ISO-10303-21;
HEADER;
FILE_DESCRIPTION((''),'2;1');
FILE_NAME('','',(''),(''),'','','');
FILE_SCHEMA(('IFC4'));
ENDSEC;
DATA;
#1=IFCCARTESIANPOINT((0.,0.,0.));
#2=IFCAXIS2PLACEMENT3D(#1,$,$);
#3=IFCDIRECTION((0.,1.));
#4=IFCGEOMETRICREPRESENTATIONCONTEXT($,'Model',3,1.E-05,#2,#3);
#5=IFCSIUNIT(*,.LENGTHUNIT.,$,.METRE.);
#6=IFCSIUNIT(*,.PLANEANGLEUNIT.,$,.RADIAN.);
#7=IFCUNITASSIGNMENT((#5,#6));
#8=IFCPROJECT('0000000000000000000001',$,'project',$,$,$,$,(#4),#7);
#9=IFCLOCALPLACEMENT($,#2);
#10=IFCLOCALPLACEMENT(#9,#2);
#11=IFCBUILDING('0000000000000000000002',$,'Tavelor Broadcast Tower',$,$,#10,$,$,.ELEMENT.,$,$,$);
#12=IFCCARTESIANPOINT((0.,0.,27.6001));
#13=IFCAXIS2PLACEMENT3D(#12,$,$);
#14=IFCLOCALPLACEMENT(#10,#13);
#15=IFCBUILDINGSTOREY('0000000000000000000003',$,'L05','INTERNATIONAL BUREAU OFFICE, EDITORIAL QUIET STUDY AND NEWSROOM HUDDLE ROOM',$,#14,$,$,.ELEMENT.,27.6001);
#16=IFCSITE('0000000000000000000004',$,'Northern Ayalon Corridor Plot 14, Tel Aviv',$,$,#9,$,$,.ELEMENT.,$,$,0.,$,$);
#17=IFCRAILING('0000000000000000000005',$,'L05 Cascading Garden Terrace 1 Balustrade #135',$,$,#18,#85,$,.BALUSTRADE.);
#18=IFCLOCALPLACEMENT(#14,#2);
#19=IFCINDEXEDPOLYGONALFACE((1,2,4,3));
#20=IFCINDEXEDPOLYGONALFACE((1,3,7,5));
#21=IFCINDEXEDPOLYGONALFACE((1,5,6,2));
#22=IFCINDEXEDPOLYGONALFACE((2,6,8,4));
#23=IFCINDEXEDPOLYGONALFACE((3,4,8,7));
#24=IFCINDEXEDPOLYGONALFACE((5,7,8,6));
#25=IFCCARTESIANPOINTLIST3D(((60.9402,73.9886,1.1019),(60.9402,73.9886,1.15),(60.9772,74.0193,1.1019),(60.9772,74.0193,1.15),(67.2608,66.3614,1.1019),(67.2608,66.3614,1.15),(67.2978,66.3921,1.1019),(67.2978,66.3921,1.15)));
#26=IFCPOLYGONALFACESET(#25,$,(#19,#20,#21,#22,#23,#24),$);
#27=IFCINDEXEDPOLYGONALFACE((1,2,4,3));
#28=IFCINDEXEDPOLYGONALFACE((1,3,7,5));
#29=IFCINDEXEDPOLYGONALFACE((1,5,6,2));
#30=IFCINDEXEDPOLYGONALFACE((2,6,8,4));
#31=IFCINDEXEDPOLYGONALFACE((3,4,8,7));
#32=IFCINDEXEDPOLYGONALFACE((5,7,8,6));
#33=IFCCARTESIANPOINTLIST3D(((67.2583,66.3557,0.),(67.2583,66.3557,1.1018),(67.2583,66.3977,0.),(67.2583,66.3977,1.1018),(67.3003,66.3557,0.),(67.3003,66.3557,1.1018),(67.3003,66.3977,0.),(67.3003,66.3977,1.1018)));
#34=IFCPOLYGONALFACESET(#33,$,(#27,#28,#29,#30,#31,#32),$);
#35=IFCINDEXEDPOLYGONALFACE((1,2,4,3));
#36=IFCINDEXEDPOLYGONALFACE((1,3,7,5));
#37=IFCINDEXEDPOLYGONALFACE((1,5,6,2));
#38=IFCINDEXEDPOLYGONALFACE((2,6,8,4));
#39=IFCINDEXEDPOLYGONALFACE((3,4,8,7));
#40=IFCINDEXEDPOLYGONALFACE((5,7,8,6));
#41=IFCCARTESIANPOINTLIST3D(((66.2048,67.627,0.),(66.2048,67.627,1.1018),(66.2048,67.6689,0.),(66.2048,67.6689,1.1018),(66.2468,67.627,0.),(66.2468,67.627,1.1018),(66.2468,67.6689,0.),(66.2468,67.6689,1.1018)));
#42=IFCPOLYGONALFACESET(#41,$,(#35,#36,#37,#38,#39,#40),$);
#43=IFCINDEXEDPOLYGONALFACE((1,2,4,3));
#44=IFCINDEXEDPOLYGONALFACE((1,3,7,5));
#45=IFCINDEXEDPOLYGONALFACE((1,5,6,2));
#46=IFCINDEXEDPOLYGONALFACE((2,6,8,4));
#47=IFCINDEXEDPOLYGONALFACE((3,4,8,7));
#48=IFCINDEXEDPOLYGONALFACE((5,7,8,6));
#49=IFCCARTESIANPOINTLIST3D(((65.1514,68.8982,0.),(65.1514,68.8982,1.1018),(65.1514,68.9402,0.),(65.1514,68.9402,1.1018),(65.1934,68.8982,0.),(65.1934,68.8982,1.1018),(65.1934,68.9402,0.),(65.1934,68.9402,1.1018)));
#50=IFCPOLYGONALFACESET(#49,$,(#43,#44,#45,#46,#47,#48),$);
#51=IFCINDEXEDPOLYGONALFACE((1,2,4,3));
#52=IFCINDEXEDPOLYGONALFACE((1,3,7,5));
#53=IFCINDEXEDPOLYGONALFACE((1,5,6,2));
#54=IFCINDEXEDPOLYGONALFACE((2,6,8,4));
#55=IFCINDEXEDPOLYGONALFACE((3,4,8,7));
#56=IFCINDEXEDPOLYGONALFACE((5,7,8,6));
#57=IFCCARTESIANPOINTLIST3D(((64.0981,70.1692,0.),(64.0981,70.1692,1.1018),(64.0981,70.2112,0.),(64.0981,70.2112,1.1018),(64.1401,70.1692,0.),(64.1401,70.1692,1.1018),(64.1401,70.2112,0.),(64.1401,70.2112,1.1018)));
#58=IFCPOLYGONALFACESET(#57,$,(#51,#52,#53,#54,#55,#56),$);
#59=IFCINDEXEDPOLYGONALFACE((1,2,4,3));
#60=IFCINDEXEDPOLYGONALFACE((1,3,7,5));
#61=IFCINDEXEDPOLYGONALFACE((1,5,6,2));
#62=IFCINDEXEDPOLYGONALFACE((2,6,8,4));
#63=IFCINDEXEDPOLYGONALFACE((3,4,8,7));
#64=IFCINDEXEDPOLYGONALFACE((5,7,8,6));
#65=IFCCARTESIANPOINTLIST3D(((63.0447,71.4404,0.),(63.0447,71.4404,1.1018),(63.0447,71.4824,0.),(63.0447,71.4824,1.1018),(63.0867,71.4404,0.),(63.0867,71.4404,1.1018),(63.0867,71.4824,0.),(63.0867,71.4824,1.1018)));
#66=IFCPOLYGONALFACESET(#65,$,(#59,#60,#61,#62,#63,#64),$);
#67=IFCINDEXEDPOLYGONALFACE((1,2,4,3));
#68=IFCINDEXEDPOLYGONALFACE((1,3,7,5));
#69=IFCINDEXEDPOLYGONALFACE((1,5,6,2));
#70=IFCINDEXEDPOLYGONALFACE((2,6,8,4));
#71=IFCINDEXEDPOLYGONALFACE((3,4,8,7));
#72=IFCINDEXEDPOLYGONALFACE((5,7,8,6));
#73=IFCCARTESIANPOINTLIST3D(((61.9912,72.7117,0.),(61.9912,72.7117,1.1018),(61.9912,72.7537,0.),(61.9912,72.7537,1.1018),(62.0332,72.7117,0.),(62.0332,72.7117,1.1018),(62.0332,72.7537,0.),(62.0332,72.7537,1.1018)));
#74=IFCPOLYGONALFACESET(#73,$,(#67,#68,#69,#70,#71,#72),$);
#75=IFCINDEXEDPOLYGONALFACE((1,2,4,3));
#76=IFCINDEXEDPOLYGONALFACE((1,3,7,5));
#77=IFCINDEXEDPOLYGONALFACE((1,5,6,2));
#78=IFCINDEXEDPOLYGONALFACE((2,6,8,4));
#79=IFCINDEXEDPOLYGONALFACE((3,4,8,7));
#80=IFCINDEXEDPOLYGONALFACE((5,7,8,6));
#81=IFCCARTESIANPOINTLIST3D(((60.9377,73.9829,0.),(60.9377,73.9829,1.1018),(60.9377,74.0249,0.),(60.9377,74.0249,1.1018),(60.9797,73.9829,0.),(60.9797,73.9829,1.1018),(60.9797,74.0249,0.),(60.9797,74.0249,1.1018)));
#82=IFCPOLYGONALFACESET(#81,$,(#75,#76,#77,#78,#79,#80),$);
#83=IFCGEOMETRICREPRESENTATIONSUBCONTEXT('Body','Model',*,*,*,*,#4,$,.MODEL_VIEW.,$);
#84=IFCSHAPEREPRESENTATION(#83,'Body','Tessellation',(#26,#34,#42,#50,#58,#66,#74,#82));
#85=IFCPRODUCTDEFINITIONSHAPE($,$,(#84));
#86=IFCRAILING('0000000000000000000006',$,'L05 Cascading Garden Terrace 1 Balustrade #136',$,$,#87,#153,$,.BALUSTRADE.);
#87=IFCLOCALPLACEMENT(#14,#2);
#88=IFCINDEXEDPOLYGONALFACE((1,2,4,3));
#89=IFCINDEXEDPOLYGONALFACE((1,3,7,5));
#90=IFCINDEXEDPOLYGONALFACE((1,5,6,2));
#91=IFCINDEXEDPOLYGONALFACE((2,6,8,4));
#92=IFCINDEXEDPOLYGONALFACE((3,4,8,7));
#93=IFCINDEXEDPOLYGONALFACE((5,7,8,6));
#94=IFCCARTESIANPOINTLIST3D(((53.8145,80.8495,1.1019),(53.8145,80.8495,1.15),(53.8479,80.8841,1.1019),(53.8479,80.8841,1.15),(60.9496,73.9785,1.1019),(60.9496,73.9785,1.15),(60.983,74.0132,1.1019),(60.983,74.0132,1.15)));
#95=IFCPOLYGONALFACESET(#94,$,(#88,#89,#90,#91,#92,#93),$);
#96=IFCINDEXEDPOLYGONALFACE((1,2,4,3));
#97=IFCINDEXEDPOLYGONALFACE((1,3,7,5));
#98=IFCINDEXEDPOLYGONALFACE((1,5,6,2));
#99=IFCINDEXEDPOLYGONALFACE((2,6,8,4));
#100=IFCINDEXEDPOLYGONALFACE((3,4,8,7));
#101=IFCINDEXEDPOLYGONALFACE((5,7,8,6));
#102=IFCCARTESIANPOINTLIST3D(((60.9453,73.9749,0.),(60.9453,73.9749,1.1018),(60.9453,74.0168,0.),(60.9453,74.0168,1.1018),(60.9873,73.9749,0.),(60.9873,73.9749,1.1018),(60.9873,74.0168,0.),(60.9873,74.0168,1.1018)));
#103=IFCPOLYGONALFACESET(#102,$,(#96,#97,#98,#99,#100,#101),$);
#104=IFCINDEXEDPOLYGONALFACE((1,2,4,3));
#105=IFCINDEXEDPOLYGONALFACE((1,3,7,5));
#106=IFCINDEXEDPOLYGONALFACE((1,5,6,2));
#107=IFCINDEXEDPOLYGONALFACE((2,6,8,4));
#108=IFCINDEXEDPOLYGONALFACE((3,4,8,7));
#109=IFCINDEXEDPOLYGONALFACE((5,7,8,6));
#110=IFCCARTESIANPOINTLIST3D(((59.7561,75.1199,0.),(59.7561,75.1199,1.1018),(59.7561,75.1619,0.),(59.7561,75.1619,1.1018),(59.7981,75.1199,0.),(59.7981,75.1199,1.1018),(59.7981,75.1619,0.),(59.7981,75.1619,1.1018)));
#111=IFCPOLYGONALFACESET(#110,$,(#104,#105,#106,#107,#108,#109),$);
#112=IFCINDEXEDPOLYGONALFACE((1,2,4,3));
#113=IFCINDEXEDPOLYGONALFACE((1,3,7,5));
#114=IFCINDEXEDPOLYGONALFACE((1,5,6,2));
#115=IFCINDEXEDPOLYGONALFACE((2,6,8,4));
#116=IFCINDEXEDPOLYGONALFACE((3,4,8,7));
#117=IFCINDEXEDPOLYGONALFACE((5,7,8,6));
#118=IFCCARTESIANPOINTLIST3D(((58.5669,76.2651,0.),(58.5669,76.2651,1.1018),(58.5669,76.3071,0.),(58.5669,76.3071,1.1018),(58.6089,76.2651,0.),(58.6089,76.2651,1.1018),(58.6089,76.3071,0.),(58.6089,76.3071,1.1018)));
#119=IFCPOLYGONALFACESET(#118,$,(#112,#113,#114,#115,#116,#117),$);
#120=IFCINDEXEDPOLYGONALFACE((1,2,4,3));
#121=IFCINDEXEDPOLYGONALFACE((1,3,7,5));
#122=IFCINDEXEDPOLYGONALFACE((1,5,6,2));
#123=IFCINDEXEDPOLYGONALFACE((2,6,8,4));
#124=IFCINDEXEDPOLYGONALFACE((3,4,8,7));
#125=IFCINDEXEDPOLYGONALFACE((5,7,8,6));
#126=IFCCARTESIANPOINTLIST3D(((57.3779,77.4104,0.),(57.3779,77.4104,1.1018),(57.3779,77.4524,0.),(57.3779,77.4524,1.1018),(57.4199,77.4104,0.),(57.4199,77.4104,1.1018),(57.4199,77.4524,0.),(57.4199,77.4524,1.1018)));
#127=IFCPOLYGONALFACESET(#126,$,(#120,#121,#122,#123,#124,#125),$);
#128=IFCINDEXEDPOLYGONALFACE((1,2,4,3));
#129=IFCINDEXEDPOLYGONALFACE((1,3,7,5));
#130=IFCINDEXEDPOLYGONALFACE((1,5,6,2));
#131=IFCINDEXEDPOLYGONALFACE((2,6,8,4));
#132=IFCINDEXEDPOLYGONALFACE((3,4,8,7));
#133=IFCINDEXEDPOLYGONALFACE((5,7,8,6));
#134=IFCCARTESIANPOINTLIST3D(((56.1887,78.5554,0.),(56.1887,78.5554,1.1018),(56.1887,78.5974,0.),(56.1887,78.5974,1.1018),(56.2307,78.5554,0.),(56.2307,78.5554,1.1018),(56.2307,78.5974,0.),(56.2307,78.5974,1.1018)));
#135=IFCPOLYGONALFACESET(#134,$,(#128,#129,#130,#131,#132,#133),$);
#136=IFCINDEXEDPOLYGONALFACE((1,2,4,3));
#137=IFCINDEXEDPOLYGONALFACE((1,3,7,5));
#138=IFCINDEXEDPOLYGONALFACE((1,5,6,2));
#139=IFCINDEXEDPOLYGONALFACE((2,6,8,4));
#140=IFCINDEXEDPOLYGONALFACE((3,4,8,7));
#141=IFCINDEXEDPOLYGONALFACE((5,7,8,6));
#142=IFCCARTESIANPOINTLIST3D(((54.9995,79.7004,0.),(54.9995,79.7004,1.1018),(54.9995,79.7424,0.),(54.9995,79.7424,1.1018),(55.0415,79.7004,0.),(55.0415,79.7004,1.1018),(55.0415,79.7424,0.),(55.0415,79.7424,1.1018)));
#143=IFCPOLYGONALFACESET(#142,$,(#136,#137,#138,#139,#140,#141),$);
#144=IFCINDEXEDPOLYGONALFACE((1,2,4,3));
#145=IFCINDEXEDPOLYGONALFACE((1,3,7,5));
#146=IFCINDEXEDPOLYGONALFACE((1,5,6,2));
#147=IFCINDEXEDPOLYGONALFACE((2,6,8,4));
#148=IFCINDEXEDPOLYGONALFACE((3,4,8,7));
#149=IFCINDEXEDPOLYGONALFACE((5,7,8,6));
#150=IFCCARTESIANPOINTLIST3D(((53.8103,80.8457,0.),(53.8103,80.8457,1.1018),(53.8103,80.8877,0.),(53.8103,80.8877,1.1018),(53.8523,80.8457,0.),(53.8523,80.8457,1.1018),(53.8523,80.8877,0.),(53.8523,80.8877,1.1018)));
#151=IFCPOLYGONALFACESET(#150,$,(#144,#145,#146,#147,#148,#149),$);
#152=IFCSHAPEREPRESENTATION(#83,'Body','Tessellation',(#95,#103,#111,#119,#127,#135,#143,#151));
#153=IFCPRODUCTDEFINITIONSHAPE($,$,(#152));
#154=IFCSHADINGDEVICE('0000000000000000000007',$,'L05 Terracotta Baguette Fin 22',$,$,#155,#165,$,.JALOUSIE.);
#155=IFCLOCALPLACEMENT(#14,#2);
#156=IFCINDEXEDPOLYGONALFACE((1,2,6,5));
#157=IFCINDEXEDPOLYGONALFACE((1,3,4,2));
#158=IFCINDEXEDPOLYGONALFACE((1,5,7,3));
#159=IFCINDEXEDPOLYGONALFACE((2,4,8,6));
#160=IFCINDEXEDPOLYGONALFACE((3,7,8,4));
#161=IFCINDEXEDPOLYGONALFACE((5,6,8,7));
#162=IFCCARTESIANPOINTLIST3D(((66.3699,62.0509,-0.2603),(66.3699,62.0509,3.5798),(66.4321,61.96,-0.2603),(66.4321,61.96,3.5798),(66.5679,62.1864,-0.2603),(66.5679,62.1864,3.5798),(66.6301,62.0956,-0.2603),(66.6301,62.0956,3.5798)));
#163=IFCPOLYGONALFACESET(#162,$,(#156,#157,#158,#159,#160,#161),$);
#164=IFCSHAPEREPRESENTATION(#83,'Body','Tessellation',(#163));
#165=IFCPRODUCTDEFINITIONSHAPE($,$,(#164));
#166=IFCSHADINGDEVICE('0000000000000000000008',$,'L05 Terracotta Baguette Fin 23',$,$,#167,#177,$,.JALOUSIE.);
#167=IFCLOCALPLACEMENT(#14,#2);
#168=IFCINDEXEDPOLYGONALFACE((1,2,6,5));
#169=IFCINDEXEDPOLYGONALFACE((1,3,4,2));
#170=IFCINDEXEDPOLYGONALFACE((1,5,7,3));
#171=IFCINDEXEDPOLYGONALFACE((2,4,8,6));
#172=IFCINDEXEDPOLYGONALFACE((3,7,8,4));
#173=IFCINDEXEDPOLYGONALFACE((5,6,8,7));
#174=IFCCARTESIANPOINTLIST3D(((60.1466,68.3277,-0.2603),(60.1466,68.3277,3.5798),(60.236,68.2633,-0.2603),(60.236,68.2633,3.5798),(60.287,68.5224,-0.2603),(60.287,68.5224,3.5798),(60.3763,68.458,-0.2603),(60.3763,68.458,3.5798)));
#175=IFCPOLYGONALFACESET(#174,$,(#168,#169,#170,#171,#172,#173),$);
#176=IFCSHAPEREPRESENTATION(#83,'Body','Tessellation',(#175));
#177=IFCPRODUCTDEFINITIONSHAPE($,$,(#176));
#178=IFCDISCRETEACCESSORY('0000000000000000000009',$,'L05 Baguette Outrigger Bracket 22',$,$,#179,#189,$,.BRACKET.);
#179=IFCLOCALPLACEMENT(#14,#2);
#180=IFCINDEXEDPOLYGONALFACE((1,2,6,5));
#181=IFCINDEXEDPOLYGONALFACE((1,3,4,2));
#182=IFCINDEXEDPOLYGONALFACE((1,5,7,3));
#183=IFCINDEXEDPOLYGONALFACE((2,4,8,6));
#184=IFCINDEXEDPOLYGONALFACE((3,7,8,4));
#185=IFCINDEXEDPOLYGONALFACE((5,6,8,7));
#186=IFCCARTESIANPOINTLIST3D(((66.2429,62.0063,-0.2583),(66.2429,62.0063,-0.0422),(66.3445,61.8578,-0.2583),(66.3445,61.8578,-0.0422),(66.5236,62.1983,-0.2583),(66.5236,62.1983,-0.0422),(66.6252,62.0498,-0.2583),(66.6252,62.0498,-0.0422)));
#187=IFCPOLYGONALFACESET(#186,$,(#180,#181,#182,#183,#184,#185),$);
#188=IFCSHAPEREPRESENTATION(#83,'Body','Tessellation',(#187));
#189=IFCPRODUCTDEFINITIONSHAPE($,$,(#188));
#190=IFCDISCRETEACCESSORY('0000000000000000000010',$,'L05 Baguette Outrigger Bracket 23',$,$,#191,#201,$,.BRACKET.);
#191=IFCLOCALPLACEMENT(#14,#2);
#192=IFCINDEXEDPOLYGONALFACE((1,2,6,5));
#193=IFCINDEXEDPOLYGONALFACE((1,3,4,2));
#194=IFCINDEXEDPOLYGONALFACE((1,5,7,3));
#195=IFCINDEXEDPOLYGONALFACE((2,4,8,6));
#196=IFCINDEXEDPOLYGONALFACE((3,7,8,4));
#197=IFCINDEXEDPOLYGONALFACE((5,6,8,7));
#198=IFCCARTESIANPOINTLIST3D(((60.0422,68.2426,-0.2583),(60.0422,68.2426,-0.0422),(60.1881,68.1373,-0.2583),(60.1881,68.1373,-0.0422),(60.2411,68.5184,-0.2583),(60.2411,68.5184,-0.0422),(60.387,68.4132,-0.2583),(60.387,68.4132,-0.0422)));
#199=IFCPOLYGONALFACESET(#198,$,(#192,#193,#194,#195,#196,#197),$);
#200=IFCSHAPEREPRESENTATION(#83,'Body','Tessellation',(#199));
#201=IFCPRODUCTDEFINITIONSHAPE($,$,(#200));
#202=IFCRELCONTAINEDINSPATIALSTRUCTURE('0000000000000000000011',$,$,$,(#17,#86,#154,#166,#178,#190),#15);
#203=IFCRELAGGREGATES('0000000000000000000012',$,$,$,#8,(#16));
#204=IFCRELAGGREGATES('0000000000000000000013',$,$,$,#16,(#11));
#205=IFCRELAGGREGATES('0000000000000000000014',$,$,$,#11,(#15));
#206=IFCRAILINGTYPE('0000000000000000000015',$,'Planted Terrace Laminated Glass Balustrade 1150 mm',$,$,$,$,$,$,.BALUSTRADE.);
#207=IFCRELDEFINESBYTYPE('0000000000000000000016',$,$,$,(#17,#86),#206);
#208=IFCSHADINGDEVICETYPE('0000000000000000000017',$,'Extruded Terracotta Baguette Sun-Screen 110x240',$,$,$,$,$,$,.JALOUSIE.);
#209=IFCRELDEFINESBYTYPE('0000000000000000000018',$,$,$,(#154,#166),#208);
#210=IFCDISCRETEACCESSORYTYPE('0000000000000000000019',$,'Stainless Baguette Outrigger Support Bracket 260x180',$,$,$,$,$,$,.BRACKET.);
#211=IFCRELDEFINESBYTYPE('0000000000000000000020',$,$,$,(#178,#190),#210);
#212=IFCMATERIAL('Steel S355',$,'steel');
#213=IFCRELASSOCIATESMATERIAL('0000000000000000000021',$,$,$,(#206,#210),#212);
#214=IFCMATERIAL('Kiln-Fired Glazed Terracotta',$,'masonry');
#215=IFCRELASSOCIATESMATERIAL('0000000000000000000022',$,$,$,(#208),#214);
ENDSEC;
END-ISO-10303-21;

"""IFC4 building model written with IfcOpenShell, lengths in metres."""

from ifc_helpers import new_model, si_unit, direction, frame, origin, origin_2d, place, context, subcontext, project, spatial, rectangle, extrude, source, transform, mapped, material, type_object, type_shapes, element, save


model = new_model("IFC4")

# Units and contexts
model_context = context("Model", 3, precision=1e-05, world=origin(), true_north=direction((0.0, 1.0)))
body_context = subcontext(model_context, "Body", "Model", "MODEL_VIEW")
ifc_project = project(units=[si_unit("LENGTHUNIT", "METRE"), si_unit("PLANEANGLEUNIT", "RADIAN")], contexts=[model_context])

# Site, building, storey
site_placement = place(None, origin())
site = spatial("IfcSite", under=ifc_project, at=site_placement, Name="Northern Ayalon Corridor Plot 14, Tel Aviv", CompositionType="ELEMENT", RefElevation=0.0)
building_placement = place(site_placement, origin())
building = spatial("IfcBuilding", under=site, at=building_placement, Name="Tavelor Broadcast Tower", CompositionType="ELEMENT")
storey_placement = place(building_placement, frame((0.0, 0.0, 27.6001)))
storey = spatial("IfcBuildingStorey", under=building, at=storey_placement, Name="L05", Description="INTERNATIONAL BUREAU OFFICE, EDITORIAL QUIET STUDY AND NEWSROOM HUDDLE ROOM", CompositionType="ELEMENT", Elevation=27.6001)

# Shared definitions
ifc_material_1 = material(Name="Steel S355", Category="steel")

# Railings
railing_type = type_object("IfcRailingType", Name="Planted Terrace Laminated Glass Balustrade 1150 mm", PredefinedType="BALUSTRADE", material=ifc_material_1)
railing_1_placement = place(storey_placement, frame((67.2793, 66.3767, 0.0)))
element("IfcRailing", 1, at=railing_1_placement, inside=storey, type_object=railing_type, Name="L05 Cascading Garden Terrace 1 Balustrade #135", PredefinedType="BALUSTRADE", context=body_context, shape_type="SweptSolid", body=[
    extrude(rectangle(XDim=0.0481, YDim=0.0481, at=origin_2d()), frame((0.0, 0.0, 1.126), z_axis=(-0.63807, 0.769978, 0.0), x_axis=(-0.769978, -0.63807, 0.0)), (0.0, 0.0, 1.0), 9.9058),
    extrude(rectangle(XDim=0.042, YDim=0.042, at=origin_2d()), origin(), (0.0, 0.0, 1.0), 1.1018),
    extrude(rectangle(XDim=0.042, YDim=0.042, at=origin_2d()), frame((-1.0535, 1.2712, 0.0)), (0.0, 0.0, 1.0), 1.1018),
    extrude(rectangle(XDim=0.042, YDim=0.042, at=origin_2d()), frame((-2.1069, 2.5425, 0.0)), (0.0, 0.0, 1.0), 1.1018),
    extrude(rectangle(XDim=0.042, YDim=0.042, at=origin_2d()), frame((-3.1602, 3.8135, 0.0)), (0.0, 0.0, 1.0), 1.1018),
    extrude(rectangle(XDim=0.042, YDim=0.042, at=origin_2d()), frame((-4.2136, 5.0847, 0.0)), (0.0, 0.0, 1.0), 1.1018),
    extrude(rectangle(XDim=0.042, YDim=0.042, at=origin_2d()), frame((-5.2671, 6.356, 0.0)), (0.0, 0.0, 1.0), 1.1018),
    extrude(rectangle(XDim=0.042, YDim=0.042, at=origin_2d()), frame((-6.3206, 7.6272, 0.0)), (0.0, 0.0, 1.0), 1.1018),
])
railing_2_placement = place(storey_placement, frame((60.9663, 73.9958, 0.0)))
element("IfcRailing", 2, at=railing_2_placement, inside=storey, type_object=railing_type, Name="L05 Cascading Garden Terrace 1 Balustrade #136", PredefinedType="BALUSTRADE", context=body_context, shape_type="SweptSolid", body=[
    extrude(rectangle(XDim=0.0481, YDim=0.0481, at=origin_2d()), frame((0.0, 0.0, 1.126), z_axis=(-0.720315, 0.693647, 0.0), x_axis=(-0.693647, -0.720315, 0.0)), (0.0, 0.0, 1.0), 9.9055),
    extrude(rectangle(XDim=0.042, YDim=0.042, at=origin_2d()), origin(), (0.0, 0.0, 1.0), 1.1018),
    extrude(rectangle(XDim=0.042, YDim=0.042, at=origin_2d()), frame((-1.1892, 1.145, 0.0)), (0.0, 0.0, 1.0), 1.1018),
    extrude(rectangle(XDim=0.042, YDim=0.042, at=origin_2d()), frame((-2.3784, 2.2903, 0.0)), (0.0, 0.0, 1.0), 1.1018),
    extrude(rectangle(XDim=0.042, YDim=0.042, at=origin_2d()), frame((-3.5674, 3.4355, 0.0)), (0.0, 0.0, 1.0), 1.1018),
    extrude(rectangle(XDim=0.042, YDim=0.042, at=origin_2d()), frame((-4.7566, 4.5806, 0.0)), (0.0, 0.0, 1.0), 1.1018),
    extrude(rectangle(XDim=0.042, YDim=0.042, at=origin_2d()), frame((-5.9458, 5.7256, 0.0)), (0.0, 0.0, 1.0), 1.1018),
    extrude(rectangle(XDim=0.042, YDim=0.042, at=origin_2d()), frame((-7.135, 6.8708, 0.0)), (0.0, 0.0, 1.0), 1.1018),
])

# Shading devices
ifc_material_2 = material(Name="Kiln-Fired Glazed Terracotta", Category="masonry")
shading_device_type = type_object("IfcShadingDeviceType", Name="Extruded Terracotta Baguette Sun-Screen 110x240", PredefinedType="JALOUSIE", material=ifc_material_2)
shared_shape_1 = source(origin(), body_context, "Body", "SweptSolid", [
    extrude(rectangle(XDim=0.1101, YDim=0.24, at=origin_2d()), origin(), (0.0, 0.0, 1.0), 3.8401),
])
type_shapes(shading_device_type, [shared_shape_1])
for number, where, z_axis, x_axis, name in (
    (3, (66.5, 62.0732, -0.2603), (0.0, 0.0, 1.0), (-0.564679, 0.825311, 0.0), "L05 Terracotta Baguette Fin 22"),
    (4, (60.2615, 68.3928, -0.2603), (0.0, 0.0, 1.0), (-0.811166, 0.584816, 0.0), "L05 Terracotta Baguette Fin 23"),
):
    element("IfcShadingDevice", number, at=place(storey_placement, frame(where, z_axis=z_axis, x_axis=x_axis)), inside=storey, type_object=shading_device_type, Name=name, PredefinedType="JALOUSIE", context=body_context, shape_type="MappedRepresentation", body=[
        mapped(shared_shape_1, transform((0.0, 0.0, 0.0), scale=1.0)),
    ])

# Discrete accessories
discrete_accessory_type = type_object("IfcDiscreteAccessoryType", Name="Stainless Baguette Outrigger Support Bracket 260x180", PredefinedType="BRACKET", material=ifc_material_1)
shared_shape_2 = source(origin(), body_context, "Body", "SweptSolid", [
    extrude(rectangle(XDim=0.1799, YDim=0.3401, at=origin_2d()), origin(), (0.0, 0.0, 1.0), 0.2161),
])
type_shapes(discrete_accessory_type, [shared_shape_2])
for number, where, z_axis, x_axis, name in (
    (5, (66.4341, 62.0281, -0.2583), (0.0, 0.0, 1.0), (-0.564679, 0.825311, 0.0), "L05 Baguette Outrigger Bracket 22"),
    (6, (60.2146, 68.3279, -0.2583), (0.0, 0.0, 1.0), (-0.811166, 0.584816, 0.0), "L05 Baguette Outrigger Bracket 23"),
):
    element("IfcDiscreteAccessory", number, at=place(storey_placement, frame(where, z_axis=z_axis, x_axis=x_axis)), inside=storey, type_object=discrete_accessory_type, Name=name, PredefinedType="BRACKET", context=body_context, shape_type="MappedRepresentation", body=[
        mapped(shared_shape_2, transform((0.0, 0.0, 0.0), scale=1.0)),
    ])

save(model, "model.ifc")
